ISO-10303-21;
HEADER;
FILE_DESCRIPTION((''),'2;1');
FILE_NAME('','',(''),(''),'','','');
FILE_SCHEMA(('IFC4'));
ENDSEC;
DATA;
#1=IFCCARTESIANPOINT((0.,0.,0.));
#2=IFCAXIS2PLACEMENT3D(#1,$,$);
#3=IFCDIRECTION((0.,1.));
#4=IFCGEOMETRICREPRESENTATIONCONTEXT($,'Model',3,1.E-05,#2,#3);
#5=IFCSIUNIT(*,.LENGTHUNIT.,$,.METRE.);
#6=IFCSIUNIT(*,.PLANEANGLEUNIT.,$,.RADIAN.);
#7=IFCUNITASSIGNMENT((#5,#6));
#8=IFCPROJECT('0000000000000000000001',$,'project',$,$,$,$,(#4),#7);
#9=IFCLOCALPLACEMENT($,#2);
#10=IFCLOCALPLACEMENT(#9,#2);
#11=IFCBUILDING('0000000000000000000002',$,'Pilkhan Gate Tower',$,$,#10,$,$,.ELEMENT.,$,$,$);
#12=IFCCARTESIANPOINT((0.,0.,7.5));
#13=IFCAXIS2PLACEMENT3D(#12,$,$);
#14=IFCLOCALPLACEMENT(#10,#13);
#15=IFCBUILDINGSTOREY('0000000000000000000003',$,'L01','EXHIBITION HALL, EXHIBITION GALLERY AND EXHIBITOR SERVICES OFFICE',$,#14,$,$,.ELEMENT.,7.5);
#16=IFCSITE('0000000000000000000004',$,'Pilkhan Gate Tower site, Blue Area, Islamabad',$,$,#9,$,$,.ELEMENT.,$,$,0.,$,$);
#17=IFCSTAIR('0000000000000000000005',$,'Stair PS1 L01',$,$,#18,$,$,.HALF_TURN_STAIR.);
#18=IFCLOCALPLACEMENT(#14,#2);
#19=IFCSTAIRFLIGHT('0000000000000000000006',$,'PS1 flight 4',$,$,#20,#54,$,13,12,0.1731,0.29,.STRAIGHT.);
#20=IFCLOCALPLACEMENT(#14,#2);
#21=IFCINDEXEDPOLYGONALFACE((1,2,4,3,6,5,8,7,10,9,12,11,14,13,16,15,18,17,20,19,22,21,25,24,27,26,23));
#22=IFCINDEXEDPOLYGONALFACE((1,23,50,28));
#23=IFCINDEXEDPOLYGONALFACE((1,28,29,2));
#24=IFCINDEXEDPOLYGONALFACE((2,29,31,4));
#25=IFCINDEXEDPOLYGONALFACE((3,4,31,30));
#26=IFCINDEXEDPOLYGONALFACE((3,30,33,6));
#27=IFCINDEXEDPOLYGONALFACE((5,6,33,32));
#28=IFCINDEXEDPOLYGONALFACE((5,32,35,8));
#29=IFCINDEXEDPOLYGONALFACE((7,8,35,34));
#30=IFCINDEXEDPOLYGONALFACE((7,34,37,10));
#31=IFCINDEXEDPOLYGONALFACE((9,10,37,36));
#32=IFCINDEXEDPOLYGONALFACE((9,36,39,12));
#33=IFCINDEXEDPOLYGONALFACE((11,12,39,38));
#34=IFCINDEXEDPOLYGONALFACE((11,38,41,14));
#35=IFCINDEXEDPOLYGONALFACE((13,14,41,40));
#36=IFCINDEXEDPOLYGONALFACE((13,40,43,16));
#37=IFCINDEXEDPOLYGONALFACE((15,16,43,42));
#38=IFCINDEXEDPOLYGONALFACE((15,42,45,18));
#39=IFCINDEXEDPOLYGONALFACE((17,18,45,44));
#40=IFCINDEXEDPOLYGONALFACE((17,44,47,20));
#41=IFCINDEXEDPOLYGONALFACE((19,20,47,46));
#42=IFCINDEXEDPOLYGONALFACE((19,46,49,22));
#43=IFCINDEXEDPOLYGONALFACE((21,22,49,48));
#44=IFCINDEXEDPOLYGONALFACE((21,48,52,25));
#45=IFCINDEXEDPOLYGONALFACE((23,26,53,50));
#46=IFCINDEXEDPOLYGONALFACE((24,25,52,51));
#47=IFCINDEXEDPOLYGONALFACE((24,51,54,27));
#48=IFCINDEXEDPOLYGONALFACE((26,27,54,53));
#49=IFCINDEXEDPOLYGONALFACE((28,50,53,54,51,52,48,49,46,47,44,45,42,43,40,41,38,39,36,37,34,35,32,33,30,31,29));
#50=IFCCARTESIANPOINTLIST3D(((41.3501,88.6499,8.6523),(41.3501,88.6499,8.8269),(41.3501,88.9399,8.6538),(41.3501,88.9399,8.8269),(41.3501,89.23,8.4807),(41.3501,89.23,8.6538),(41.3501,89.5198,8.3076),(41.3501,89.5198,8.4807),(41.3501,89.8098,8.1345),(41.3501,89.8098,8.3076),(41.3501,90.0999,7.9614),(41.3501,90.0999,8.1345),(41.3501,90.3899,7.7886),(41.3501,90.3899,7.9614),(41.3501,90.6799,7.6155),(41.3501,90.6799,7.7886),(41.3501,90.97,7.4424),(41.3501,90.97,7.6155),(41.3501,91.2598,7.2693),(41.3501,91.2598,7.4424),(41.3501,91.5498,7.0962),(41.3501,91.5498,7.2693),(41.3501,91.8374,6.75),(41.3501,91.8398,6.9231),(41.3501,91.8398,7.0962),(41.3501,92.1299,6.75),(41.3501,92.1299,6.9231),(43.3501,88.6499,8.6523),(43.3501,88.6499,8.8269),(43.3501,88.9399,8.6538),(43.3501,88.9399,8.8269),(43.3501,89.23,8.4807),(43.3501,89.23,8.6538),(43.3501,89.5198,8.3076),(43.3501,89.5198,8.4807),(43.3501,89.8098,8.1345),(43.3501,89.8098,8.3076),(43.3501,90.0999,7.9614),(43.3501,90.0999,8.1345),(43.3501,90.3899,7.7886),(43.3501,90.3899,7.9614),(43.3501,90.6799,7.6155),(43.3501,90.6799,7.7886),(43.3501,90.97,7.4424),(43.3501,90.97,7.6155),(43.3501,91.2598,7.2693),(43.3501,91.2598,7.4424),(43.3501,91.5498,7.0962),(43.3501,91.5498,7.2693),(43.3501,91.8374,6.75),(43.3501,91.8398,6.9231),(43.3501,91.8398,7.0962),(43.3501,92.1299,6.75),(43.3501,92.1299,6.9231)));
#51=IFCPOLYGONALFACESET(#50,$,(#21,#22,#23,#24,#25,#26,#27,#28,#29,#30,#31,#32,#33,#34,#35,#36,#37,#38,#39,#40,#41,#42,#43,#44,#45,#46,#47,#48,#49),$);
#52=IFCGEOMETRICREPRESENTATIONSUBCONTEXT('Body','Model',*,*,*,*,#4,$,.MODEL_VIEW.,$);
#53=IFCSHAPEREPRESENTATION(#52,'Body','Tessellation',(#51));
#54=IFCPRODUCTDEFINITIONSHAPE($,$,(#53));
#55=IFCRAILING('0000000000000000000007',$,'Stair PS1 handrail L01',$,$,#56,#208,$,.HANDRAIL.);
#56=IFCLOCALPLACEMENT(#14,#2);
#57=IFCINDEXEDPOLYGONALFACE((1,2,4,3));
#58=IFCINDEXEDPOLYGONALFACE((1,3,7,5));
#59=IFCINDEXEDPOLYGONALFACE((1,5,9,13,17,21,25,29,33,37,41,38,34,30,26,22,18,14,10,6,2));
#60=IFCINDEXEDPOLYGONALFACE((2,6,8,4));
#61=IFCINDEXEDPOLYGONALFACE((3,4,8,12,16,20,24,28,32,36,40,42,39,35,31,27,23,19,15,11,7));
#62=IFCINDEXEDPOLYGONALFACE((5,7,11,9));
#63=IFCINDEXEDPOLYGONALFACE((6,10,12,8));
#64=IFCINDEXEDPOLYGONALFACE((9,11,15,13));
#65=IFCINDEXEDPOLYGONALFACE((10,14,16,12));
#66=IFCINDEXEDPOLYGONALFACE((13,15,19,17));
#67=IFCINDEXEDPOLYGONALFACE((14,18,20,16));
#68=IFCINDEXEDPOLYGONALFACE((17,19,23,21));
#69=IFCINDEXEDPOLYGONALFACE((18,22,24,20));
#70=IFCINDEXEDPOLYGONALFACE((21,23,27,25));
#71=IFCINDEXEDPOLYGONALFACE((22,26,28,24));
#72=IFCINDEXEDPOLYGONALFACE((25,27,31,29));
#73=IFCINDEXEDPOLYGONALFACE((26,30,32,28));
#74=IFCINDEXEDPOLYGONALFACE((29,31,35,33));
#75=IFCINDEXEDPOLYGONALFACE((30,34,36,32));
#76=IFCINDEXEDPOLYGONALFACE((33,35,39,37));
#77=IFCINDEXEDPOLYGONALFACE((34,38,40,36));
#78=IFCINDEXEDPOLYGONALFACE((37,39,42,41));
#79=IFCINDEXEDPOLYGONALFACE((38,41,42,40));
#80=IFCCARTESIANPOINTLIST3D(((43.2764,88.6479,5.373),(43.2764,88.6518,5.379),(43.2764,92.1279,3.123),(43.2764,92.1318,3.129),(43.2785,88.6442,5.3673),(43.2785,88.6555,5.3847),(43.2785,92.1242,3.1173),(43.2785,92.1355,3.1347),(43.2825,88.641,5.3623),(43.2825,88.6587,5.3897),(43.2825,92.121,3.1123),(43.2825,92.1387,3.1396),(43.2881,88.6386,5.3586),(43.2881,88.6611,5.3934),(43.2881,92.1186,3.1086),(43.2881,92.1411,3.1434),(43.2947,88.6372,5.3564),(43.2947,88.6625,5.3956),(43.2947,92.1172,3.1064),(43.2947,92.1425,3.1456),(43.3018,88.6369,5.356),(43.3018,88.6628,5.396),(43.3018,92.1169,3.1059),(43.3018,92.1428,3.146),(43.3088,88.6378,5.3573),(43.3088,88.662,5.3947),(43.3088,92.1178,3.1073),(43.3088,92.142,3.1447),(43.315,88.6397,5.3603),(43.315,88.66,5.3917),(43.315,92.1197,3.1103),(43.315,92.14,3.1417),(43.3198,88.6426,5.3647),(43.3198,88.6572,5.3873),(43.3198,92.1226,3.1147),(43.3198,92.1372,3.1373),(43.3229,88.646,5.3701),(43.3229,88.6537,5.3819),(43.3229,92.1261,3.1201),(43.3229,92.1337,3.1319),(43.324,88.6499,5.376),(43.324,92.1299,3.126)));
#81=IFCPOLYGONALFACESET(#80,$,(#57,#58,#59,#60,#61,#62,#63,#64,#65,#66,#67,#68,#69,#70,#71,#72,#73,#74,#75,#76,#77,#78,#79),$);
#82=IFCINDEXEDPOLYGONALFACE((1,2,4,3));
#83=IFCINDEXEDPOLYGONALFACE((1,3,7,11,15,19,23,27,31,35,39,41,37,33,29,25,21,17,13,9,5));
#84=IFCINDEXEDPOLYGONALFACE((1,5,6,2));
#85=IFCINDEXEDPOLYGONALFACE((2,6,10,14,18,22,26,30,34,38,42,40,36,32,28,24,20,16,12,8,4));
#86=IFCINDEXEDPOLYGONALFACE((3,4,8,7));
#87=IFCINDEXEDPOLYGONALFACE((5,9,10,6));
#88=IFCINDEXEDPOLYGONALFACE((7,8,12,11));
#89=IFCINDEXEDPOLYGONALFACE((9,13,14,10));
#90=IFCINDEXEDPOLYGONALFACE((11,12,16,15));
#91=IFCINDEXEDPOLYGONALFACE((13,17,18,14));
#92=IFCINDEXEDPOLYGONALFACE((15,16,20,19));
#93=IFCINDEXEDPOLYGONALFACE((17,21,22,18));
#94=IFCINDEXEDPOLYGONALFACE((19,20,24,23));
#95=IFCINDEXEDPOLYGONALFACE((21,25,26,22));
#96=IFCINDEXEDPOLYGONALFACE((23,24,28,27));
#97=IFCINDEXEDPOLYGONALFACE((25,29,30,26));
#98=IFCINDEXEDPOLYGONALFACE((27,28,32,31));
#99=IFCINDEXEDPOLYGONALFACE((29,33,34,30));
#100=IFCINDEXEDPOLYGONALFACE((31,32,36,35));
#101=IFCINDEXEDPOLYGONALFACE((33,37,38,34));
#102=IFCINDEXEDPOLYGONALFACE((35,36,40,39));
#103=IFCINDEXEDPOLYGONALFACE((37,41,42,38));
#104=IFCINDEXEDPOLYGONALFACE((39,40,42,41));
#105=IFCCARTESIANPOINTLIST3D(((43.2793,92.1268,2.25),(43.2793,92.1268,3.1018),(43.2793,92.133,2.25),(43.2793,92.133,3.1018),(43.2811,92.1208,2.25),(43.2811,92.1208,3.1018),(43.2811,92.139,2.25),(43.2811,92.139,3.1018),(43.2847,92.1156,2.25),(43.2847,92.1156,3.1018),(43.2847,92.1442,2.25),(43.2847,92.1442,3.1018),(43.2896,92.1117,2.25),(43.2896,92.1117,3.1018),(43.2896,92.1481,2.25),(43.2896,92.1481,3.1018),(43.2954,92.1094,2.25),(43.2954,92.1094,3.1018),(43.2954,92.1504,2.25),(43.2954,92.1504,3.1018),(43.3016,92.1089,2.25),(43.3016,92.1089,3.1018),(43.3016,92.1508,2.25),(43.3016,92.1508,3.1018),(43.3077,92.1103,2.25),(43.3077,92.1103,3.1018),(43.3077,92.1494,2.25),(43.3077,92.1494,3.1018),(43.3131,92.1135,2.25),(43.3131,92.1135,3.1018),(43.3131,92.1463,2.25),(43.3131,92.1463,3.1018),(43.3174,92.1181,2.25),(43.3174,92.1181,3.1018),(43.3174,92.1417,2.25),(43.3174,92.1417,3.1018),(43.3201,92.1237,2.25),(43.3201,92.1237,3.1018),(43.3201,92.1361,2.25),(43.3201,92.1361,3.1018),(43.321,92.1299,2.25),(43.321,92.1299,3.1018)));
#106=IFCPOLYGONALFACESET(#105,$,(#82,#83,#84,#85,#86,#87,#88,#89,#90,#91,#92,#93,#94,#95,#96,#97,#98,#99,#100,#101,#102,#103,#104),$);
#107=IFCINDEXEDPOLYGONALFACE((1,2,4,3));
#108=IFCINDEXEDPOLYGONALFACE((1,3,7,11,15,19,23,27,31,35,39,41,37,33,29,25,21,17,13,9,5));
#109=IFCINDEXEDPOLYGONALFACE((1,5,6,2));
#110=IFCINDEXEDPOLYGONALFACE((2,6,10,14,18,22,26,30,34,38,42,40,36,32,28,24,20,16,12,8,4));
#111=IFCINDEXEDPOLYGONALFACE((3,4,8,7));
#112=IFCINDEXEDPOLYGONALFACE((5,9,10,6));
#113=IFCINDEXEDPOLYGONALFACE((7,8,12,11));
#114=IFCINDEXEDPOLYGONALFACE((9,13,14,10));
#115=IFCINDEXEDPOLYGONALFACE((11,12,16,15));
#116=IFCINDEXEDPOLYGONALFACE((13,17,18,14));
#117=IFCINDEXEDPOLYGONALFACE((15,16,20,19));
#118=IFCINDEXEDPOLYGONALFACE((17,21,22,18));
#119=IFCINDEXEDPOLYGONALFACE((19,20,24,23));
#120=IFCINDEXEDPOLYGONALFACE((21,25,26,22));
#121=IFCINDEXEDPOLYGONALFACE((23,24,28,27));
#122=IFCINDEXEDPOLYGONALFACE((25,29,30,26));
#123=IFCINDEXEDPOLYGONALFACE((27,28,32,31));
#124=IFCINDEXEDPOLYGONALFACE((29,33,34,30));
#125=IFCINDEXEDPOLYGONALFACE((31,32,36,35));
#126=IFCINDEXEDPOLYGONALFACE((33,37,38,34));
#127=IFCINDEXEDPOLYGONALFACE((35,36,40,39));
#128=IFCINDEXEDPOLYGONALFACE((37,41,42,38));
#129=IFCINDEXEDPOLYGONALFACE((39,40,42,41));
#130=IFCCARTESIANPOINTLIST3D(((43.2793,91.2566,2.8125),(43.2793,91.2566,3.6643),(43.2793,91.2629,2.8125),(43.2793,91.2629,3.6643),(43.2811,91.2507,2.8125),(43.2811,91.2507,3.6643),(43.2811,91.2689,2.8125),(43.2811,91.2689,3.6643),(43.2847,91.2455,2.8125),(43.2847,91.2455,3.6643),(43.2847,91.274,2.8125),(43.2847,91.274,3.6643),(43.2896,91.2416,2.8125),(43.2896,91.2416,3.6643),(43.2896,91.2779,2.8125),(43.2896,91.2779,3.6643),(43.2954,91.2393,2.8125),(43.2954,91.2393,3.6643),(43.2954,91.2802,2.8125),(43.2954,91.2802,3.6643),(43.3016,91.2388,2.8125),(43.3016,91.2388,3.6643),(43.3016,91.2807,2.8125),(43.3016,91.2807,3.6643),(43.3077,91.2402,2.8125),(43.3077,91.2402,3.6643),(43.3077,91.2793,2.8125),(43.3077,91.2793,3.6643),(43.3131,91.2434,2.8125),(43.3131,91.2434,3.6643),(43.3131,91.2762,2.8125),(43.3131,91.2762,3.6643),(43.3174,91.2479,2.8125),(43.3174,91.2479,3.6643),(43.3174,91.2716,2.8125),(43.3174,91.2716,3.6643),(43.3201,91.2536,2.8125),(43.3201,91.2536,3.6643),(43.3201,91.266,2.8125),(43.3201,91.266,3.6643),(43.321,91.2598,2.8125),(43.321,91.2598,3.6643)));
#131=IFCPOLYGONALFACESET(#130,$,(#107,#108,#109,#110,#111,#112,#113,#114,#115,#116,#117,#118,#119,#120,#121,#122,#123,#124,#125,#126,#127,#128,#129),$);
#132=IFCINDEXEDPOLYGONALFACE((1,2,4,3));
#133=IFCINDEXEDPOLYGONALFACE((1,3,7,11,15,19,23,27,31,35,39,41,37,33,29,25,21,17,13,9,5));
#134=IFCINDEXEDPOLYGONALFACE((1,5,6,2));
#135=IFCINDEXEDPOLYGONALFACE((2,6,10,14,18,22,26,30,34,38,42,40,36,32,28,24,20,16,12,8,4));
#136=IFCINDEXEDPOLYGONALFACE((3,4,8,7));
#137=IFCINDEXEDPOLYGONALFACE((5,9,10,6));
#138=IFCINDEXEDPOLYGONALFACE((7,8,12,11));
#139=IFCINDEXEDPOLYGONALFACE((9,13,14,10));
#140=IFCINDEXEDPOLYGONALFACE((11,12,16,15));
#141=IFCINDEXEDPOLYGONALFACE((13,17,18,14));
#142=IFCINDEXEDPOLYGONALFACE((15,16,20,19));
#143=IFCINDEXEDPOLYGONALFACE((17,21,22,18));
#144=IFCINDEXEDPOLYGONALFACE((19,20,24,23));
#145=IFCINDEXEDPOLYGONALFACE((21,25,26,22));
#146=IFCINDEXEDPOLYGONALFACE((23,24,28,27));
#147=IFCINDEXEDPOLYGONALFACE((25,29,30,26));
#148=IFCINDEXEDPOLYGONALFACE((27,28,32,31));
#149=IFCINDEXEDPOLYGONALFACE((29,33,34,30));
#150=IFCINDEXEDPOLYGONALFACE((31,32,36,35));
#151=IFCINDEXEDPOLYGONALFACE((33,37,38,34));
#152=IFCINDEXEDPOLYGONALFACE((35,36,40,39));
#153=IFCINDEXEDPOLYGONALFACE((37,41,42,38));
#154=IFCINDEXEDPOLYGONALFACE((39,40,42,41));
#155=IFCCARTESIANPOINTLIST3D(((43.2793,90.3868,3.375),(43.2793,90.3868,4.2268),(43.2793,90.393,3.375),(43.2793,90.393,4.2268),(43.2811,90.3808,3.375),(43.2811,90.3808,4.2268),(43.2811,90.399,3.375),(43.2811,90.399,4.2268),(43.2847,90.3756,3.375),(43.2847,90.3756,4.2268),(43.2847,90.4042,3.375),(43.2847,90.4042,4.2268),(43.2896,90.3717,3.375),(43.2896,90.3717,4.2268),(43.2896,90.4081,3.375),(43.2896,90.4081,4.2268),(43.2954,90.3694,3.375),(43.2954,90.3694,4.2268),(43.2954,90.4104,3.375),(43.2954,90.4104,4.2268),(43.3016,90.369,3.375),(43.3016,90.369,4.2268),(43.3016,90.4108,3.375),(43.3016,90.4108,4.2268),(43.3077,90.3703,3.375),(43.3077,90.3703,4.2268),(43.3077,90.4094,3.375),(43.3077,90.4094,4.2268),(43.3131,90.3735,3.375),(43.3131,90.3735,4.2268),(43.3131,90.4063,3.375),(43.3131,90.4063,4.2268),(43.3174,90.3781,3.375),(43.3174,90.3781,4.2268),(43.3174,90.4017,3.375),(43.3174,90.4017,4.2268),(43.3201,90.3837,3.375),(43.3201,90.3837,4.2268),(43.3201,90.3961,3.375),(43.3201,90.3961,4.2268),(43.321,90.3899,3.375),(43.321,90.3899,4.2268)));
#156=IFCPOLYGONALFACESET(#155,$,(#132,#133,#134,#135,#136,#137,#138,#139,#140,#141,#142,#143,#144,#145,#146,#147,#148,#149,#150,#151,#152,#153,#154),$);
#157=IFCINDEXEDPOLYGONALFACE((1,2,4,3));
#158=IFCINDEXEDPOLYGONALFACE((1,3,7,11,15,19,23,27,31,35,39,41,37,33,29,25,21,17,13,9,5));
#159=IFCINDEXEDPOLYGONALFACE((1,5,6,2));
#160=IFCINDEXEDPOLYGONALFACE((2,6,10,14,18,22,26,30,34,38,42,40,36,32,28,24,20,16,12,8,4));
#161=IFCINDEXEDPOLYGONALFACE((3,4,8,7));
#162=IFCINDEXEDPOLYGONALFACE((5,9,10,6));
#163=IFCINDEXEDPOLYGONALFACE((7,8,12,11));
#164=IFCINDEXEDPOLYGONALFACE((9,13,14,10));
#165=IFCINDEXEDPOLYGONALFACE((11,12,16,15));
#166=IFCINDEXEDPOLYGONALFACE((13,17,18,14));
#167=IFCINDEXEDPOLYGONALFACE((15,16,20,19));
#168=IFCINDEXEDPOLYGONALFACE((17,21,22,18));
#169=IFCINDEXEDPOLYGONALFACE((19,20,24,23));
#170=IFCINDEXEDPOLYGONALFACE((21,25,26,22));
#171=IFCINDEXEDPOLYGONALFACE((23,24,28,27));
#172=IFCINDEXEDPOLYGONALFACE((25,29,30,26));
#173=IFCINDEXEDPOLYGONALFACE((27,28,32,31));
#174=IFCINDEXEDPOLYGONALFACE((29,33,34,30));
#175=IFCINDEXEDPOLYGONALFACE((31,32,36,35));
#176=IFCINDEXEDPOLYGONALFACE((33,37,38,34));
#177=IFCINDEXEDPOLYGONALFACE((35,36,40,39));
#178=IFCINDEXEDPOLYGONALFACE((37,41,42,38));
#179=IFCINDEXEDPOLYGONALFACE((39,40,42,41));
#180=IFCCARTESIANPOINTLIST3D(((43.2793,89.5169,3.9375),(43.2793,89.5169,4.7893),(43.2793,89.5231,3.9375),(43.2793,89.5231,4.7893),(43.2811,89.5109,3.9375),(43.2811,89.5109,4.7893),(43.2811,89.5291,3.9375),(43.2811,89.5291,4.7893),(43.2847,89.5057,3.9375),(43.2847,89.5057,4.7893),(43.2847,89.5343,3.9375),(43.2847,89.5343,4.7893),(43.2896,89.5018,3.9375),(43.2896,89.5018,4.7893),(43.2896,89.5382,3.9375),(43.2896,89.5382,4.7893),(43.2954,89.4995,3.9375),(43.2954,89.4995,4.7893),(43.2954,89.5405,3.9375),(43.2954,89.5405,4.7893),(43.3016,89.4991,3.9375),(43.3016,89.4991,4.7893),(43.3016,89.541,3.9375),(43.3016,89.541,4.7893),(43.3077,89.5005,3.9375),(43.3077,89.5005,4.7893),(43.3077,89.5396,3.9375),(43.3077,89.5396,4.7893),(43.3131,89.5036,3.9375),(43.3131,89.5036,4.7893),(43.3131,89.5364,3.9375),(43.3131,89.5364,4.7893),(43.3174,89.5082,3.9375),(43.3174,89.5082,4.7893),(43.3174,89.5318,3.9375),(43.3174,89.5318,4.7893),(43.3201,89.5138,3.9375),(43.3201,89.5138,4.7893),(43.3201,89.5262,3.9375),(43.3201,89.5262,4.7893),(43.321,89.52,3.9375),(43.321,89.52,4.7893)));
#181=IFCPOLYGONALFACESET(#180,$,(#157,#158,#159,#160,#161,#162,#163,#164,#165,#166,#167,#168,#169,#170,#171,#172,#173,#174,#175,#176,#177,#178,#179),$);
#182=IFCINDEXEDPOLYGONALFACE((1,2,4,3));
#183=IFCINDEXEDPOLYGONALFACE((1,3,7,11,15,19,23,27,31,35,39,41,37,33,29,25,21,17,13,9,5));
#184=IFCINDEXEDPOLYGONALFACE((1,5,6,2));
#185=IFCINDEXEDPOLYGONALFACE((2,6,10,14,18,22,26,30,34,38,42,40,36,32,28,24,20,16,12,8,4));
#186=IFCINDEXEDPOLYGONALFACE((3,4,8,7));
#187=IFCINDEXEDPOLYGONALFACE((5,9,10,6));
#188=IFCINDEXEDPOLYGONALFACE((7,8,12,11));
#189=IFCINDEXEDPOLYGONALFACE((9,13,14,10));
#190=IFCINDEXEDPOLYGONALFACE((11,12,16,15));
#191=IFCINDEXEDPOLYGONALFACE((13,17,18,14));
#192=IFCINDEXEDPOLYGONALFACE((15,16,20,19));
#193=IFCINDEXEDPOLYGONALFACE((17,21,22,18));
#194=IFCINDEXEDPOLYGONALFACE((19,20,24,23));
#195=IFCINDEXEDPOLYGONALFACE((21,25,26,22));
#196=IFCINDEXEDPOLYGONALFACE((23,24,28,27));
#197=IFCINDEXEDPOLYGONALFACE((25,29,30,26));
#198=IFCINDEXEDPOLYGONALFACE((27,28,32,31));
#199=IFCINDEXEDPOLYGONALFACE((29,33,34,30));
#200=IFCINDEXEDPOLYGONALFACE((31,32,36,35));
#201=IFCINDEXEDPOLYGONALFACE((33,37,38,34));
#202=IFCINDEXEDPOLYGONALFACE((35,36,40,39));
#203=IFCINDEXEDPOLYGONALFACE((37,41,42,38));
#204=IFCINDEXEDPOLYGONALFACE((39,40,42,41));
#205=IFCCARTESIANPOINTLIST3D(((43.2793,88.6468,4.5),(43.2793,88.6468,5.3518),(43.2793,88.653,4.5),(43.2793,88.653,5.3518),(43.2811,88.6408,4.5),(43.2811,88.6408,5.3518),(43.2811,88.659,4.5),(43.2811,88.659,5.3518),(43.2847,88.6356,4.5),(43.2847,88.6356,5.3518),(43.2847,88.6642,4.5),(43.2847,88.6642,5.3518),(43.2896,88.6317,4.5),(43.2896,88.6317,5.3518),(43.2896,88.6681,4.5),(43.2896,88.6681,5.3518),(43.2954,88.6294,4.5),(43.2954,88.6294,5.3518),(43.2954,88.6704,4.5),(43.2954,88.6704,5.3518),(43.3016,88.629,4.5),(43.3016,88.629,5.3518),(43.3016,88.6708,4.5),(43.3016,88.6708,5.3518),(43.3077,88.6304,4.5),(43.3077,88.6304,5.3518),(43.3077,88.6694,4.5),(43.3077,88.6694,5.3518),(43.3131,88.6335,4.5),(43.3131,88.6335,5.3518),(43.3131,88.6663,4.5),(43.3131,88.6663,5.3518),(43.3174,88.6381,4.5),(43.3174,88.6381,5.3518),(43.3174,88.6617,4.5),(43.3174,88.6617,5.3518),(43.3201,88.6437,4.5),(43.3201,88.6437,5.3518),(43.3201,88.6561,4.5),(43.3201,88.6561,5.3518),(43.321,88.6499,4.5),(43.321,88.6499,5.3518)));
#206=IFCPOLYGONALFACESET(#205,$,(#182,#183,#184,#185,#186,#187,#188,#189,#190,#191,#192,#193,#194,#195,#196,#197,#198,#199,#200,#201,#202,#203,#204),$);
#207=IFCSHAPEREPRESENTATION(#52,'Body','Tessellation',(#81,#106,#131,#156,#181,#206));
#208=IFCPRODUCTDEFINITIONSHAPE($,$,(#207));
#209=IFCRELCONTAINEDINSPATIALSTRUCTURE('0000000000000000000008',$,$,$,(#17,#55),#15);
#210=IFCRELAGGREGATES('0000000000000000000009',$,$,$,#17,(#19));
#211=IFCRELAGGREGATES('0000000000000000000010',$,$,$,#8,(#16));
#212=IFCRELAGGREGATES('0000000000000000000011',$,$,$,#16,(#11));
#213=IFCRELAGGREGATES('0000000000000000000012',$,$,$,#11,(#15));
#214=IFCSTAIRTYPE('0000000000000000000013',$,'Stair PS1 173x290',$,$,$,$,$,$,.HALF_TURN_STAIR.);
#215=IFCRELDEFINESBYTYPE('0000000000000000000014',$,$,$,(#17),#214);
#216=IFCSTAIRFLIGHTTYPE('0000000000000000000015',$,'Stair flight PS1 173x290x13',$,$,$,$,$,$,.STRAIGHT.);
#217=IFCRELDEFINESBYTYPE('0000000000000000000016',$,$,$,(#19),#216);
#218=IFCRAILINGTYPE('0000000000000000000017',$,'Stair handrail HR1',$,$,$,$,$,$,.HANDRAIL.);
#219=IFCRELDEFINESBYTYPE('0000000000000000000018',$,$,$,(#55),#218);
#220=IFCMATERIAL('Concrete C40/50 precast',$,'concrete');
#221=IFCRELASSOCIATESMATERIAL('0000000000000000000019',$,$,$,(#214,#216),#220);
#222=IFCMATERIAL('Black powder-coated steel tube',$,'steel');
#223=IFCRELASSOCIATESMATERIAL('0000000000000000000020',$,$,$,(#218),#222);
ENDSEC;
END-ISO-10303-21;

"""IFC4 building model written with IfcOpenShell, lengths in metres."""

from ifc_helpers import new_model, si_unit, direction, frame, origin, origin_2d, place, context, subcontext, project, spatial, polyline, circle, outline, extrude, material, type_object, element, aggregate, save


model = new_model("IFC4")

# Units and contexts
model_context = context("Model", 3, precision=1e-05, world=origin(), true_north=direction((0.0, 1.0)))
body_context = subcontext(model_context, "Body", "Model", "MODEL_VIEW")
ifc_project = project(units=[si_unit("LENGTHUNIT", "METRE"), si_unit("PLANEANGLEUNIT", "RADIAN")], contexts=[model_context])

# Site, building, storey
site_placement = place(None, origin())
site = spatial("IfcSite", under=ifc_project, at=site_placement, Name="Pilkhan Gate Tower site, Blue Area, Islamabad", CompositionType="ELEMENT", RefElevation=0.0)
building_placement = place(site_placement, origin())
building = spatial("IfcBuilding", under=site, at=building_placement, Name="Pilkhan Gate Tower", CompositionType="ELEMENT")
storey_placement = place(building_placement, frame((0.0, 0.0, 7.5)))
storey = spatial("IfcBuildingStorey", under=building, at=storey_placement, Name="L01", Description="EXHIBITION HALL, EXHIBITION GALLERY AND EXHIBITOR SERVICES OFFICE", CompositionType="ELEMENT", Elevation=7.5)

# Stair, stair flight
ifc_material_1 = material(Name="Concrete C40/50 precast", Category="concrete")
stair_type = type_object("IfcStairType", Name="Stair PS1 173x290", PredefinedType="HALF_TURN_STAIR", material=ifc_material_1)
stair_placement = place(storey_placement, origin())
stair = element("IfcStair", 1, at=stair_placement, inside=storey, type_object=stair_type, Name="Stair PS1 L01", PredefinedType="HALF_TURN_STAIR")
stair_flight_type = type_object("IfcStairFlightType", Name="Stair flight PS1 173x290x13", PredefinedType="STRAIGHT", material=ifc_material_1)
stair_flight_1_placement = place(storey_placement, frame((42.3501, 92.1299, 6.75), z_axis=(0.0, 0.0, 1.0), x_axis=(0.0, -1.0, 0.0)))
stair_flight_1 = element("IfcStairFlight", 2, at=stair_flight_1_placement, type_object=stair_flight_type, Name="PS1 flight 4", NumberOfRisers=13, NumberOfTreads=12, PredefinedType="STRAIGHT", RiserHeight=0.1731, TreadLength=0.29, context=body_context, shape_type="SweptSolid", body=[
    extrude(outline(polyline([(0.0, 0.0), (0.0, 0.1731), (0.29, 0.1731), (0.29, 0.3462), (0.5801, 0.3462), (0.5801, 0.5193), (0.8701, 0.5193), (0.8701, 0.6924), (1.1599, 0.6924), (1.1599, 0.8655), (1.45, 0.8655), (1.45, 1.0386), (1.74, 1.0386), (1.74, 1.2114), (2.03, 1.2114), (2.03, 1.3845), (2.3201, 1.3845), (2.3201, 1.5576), (2.6101, 1.5576), (2.6101, 1.7307), (2.8999, 1.7307), (2.8999, 1.9038), (3.1899, 1.9038), (3.1899, 2.0769), (3.48, 2.0769), (3.48, 2.25), (3.48, 1.9023), (0.2925, 0.0), (0.0, 0.0)])), frame((0.0, 1.0, 0.0), z_axis=(0.0, -1.0, 0.0), x_axis=(1.0, 0.0, 0.0)), (0.0, 0.0, 1.0), 2.0),
])
aggregate(stair, [stair_flight_1])

# Railing
ifc_material_2 = material(Name="Black powder-coated steel tube", Category="steel")
railing_type_1 = type_object("IfcRailingType", Name="Stair handrail HR1", PredefinedType="HANDRAIL", material=ifc_material_2)
for number, where, name in (
    (3, (43.3, 92.1299, 2.25), "Stair PS1 handrail L01"),
):
    element("IfcRailing", number, at=place(storey_placement, frame(where)), inside=storey, type_object=railing_type_1, Name=name, PredefinedType="HANDRAIL", context=body_context, shape_type="SweptSolid", body=[
        extrude(circle(Radius=0.0239, at=origin_2d()), frame((0.0, 0.0, 0.876), z_axis=(0.0, -0.839763, 0.542953), x_axis=(1.0, 0.0, 0.0)), (0.0, 0.0, 1.0), 4.144),
        extrude(circle(Radius=0.021, at=origin_2d()), origin(), (0.0, 0.0, 1.0), 0.8518),
        extrude(circle(Radius=0.021, at=origin_2d()), frame((0.0, -0.8701, 0.5625)), (0.0, 0.0, 1.0), 0.8518),
        extrude(circle(Radius=0.021, at=origin_2d()), frame((0.0, -1.74, 1.125)), (0.0, 0.0, 1.0), 0.8518),
        extrude(circle(Radius=0.021, at=origin_2d()), frame((0.0, -2.6099, 1.6875)), (0.0, 0.0, 1.0), 0.8518),
        extrude(circle(Radius=0.021, at=origin_2d()), frame((0.0, -3.48, 2.25)), (0.0, 0.0, 1.0), 0.8518),
    ])

save(model, "model.ifc")
